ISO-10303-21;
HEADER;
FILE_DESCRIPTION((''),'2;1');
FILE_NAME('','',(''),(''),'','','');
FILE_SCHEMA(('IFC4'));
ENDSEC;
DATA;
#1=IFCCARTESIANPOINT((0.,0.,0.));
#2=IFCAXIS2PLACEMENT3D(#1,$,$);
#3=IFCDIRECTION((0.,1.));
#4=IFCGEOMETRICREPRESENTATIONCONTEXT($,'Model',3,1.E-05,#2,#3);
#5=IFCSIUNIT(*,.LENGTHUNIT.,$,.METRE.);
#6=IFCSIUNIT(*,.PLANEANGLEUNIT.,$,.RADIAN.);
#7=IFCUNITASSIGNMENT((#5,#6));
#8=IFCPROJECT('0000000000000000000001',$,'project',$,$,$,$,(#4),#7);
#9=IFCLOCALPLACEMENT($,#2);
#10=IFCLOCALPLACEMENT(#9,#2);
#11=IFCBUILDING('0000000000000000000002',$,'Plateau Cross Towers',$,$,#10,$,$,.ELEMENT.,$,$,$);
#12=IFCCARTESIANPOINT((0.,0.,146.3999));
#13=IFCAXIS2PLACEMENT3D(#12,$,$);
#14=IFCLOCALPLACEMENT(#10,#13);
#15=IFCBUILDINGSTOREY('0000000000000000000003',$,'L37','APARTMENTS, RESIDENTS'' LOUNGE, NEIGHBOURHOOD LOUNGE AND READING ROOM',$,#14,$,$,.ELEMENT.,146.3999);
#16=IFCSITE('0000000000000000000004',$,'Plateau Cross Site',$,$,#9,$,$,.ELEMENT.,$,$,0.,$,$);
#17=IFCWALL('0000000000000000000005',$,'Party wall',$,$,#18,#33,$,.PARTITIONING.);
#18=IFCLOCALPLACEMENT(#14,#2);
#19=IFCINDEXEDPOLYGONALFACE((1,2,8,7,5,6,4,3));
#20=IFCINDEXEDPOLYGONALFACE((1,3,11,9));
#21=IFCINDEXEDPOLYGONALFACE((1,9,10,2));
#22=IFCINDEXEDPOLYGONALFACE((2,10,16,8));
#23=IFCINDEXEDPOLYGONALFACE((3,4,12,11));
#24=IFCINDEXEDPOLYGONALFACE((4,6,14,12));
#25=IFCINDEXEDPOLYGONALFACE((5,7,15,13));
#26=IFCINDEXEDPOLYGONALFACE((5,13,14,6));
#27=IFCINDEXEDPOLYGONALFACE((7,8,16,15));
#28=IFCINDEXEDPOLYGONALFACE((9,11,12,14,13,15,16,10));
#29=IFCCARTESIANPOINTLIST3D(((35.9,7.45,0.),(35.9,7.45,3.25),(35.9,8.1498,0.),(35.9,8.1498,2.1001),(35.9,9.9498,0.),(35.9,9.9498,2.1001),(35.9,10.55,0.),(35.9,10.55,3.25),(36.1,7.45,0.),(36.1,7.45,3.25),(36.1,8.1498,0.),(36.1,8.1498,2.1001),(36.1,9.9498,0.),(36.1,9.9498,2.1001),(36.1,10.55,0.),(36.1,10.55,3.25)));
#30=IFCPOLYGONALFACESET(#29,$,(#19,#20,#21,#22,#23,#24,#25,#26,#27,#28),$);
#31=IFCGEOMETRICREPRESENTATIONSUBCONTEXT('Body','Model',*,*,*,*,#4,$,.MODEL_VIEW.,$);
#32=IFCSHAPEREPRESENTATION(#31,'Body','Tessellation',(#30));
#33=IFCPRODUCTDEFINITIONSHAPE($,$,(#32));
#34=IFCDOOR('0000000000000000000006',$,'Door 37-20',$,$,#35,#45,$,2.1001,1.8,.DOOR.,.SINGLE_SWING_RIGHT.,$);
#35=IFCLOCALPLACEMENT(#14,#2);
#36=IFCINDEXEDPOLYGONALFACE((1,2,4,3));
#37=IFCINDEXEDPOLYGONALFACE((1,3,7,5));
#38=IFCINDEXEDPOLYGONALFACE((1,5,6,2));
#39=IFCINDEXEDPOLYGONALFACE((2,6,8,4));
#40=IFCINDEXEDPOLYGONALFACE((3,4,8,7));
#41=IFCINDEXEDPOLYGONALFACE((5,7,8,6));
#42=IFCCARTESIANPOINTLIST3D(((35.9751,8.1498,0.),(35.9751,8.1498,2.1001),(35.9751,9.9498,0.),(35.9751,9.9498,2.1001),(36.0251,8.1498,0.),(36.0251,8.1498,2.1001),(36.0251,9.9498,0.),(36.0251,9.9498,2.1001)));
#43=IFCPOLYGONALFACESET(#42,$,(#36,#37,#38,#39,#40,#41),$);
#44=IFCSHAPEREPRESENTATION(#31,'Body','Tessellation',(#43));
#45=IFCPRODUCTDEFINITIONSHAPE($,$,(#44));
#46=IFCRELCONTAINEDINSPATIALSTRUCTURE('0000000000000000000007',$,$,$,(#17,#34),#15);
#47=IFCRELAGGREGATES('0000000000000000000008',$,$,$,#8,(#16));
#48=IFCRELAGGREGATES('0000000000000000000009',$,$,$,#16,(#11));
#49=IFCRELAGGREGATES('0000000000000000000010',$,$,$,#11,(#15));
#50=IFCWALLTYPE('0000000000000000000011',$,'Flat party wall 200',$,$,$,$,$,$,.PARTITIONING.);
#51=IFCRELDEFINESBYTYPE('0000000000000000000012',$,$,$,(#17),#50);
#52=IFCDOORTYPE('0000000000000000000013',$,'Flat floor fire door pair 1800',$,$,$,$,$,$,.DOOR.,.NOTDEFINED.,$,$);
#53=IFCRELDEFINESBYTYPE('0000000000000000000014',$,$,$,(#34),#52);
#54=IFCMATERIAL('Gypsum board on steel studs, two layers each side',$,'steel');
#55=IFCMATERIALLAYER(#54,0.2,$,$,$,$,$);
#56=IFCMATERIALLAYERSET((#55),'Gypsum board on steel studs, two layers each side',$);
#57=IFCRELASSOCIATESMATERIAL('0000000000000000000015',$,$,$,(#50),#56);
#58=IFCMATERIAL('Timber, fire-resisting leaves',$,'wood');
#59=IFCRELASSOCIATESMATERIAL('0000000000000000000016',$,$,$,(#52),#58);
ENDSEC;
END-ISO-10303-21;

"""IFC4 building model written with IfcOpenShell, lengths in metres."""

from ifc_helpers import new_model, si_unit, direction, frame, frame_2d, origin, place, context, subcontext, project, spatial, rectangle, extrude, material, layer, layer_set, type_object, element, fill, save


model = new_model("IFC4")

# Units and contexts
model_context = context("Model", 3, precision=1e-05, world=origin(), true_north=direction((0.0, 1.0)))
body_context = subcontext(model_context, "Body", "Model", "MODEL_VIEW")
ifc_project = project(units=[si_unit("LENGTHUNIT", "METRE"), si_unit("PLANEANGLEUNIT", "RADIAN")], contexts=[model_context])

# Site, building, storey
site_placement = place(None, origin())
site = spatial("IfcSite", under=ifc_project, at=site_placement, Name="Plateau Cross Site", CompositionType="ELEMENT", RefElevation=0.0)
building_placement = place(site_placement, origin())
building = spatial("IfcBuilding", under=site, at=building_placement, Name="Plateau Cross Towers", CompositionType="ELEMENT")
storey_placement = place(building_placement, frame((0.0, 0.0, 146.3999)))
storey = spatial("IfcBuildingStorey", under=building, at=storey_placement, Name="L37", Description="APARTMENTS, RESIDENTS' LOUNGE, NEIGHBOURHOOD LOUNGE AND READING ROOM", CompositionType="ELEMENT", Elevation=146.3999)

# Shared definitions
ifc_material_1 = material(Name="Gypsum board on steel studs, two layers each side", Category="steel")
ifc_layer_1 = layer(ifc_material_1, 0.2)
ifc_layer_set_1 = layer_set([ifc_layer_1], Name="Gypsum board on steel studs, two layers each side")
wall_type_1 = type_object("IfcWallType", Name="Flat party wall 200", PredefinedType="PARTITIONING", material=ifc_layer_set_1)

# Wall, opening, door
wall_1_placement = place(storey_placement, frame((36.0, 7.45, 0.0), z_axis=(0.0, 0.0, 1.0), x_axis=(0.0, 1.0, 0.0)))
wall_1 = element("IfcWall", 1, at=wall_1_placement, inside=storey, type_object=wall_type_1, Name="Party wall", PredefinedType="PARTITIONING", context=body_context, shape_type="SweptSolid", body=[
    extrude(rectangle(XDim=3.1001, YDim=0.2, at=frame_2d((1.55, 0.0))), origin(), (0.0, 0.0, 1.0), 3.25),
])
opening_1_placement = place(wall_1_placement, frame((0.7, 0.0, 0.0)))
opening_1 = element("IfcOpeningElement", 2, at=opening_1_placement, cuts=wall_1, PredefinedType="OPENING", context=body_context, shape_type="SweptSolid", body=[
    extrude(rectangle(XDim=1.8, YDim=2.1001, at=frame_2d((0.8999, 1.05))), frame((0.0, 0.1099, 0.0), z_axis=(0.0, -1.0, 0.0), x_axis=(1.0, 0.0, 0.0)), (0.0, 0.0, 1.0), 0.22),
])
ifc_material_2 = material(Name="Timber, fire-resisting leaves", Category="wood")
door_type_1 = type_object("IfcDoorType", Name="Flat floor fire door pair 1800", OperationType="NOTDEFINED", PredefinedType="DOOR", material=ifc_material_2)
door_1_placement = place(opening_1_placement, origin())
door_1 = element("IfcDoor", 3, at=door_1_placement, inside=storey, type_object=door_type_1, Name="Door 37-20", OperationType="SINGLE_SWING_RIGHT", OverallHeight=2.1001, OverallWidth=1.8, PredefinedType="DOOR", context=body_context, shape_type="SweptSolid", body=[
    extrude(rectangle(XDim=1.8, YDim=2.1001, at=frame_2d((0.8999, 1.05))), frame((0.0, 0.0249, 0.0), z_axis=(0.0, -1.0, 0.0), x_axis=(1.0, 0.0, 0.0)), (0.0, 0.0, 1.0), 0.05),
])
fill(opening_1, door_1)

save(model, "model.ifc")
